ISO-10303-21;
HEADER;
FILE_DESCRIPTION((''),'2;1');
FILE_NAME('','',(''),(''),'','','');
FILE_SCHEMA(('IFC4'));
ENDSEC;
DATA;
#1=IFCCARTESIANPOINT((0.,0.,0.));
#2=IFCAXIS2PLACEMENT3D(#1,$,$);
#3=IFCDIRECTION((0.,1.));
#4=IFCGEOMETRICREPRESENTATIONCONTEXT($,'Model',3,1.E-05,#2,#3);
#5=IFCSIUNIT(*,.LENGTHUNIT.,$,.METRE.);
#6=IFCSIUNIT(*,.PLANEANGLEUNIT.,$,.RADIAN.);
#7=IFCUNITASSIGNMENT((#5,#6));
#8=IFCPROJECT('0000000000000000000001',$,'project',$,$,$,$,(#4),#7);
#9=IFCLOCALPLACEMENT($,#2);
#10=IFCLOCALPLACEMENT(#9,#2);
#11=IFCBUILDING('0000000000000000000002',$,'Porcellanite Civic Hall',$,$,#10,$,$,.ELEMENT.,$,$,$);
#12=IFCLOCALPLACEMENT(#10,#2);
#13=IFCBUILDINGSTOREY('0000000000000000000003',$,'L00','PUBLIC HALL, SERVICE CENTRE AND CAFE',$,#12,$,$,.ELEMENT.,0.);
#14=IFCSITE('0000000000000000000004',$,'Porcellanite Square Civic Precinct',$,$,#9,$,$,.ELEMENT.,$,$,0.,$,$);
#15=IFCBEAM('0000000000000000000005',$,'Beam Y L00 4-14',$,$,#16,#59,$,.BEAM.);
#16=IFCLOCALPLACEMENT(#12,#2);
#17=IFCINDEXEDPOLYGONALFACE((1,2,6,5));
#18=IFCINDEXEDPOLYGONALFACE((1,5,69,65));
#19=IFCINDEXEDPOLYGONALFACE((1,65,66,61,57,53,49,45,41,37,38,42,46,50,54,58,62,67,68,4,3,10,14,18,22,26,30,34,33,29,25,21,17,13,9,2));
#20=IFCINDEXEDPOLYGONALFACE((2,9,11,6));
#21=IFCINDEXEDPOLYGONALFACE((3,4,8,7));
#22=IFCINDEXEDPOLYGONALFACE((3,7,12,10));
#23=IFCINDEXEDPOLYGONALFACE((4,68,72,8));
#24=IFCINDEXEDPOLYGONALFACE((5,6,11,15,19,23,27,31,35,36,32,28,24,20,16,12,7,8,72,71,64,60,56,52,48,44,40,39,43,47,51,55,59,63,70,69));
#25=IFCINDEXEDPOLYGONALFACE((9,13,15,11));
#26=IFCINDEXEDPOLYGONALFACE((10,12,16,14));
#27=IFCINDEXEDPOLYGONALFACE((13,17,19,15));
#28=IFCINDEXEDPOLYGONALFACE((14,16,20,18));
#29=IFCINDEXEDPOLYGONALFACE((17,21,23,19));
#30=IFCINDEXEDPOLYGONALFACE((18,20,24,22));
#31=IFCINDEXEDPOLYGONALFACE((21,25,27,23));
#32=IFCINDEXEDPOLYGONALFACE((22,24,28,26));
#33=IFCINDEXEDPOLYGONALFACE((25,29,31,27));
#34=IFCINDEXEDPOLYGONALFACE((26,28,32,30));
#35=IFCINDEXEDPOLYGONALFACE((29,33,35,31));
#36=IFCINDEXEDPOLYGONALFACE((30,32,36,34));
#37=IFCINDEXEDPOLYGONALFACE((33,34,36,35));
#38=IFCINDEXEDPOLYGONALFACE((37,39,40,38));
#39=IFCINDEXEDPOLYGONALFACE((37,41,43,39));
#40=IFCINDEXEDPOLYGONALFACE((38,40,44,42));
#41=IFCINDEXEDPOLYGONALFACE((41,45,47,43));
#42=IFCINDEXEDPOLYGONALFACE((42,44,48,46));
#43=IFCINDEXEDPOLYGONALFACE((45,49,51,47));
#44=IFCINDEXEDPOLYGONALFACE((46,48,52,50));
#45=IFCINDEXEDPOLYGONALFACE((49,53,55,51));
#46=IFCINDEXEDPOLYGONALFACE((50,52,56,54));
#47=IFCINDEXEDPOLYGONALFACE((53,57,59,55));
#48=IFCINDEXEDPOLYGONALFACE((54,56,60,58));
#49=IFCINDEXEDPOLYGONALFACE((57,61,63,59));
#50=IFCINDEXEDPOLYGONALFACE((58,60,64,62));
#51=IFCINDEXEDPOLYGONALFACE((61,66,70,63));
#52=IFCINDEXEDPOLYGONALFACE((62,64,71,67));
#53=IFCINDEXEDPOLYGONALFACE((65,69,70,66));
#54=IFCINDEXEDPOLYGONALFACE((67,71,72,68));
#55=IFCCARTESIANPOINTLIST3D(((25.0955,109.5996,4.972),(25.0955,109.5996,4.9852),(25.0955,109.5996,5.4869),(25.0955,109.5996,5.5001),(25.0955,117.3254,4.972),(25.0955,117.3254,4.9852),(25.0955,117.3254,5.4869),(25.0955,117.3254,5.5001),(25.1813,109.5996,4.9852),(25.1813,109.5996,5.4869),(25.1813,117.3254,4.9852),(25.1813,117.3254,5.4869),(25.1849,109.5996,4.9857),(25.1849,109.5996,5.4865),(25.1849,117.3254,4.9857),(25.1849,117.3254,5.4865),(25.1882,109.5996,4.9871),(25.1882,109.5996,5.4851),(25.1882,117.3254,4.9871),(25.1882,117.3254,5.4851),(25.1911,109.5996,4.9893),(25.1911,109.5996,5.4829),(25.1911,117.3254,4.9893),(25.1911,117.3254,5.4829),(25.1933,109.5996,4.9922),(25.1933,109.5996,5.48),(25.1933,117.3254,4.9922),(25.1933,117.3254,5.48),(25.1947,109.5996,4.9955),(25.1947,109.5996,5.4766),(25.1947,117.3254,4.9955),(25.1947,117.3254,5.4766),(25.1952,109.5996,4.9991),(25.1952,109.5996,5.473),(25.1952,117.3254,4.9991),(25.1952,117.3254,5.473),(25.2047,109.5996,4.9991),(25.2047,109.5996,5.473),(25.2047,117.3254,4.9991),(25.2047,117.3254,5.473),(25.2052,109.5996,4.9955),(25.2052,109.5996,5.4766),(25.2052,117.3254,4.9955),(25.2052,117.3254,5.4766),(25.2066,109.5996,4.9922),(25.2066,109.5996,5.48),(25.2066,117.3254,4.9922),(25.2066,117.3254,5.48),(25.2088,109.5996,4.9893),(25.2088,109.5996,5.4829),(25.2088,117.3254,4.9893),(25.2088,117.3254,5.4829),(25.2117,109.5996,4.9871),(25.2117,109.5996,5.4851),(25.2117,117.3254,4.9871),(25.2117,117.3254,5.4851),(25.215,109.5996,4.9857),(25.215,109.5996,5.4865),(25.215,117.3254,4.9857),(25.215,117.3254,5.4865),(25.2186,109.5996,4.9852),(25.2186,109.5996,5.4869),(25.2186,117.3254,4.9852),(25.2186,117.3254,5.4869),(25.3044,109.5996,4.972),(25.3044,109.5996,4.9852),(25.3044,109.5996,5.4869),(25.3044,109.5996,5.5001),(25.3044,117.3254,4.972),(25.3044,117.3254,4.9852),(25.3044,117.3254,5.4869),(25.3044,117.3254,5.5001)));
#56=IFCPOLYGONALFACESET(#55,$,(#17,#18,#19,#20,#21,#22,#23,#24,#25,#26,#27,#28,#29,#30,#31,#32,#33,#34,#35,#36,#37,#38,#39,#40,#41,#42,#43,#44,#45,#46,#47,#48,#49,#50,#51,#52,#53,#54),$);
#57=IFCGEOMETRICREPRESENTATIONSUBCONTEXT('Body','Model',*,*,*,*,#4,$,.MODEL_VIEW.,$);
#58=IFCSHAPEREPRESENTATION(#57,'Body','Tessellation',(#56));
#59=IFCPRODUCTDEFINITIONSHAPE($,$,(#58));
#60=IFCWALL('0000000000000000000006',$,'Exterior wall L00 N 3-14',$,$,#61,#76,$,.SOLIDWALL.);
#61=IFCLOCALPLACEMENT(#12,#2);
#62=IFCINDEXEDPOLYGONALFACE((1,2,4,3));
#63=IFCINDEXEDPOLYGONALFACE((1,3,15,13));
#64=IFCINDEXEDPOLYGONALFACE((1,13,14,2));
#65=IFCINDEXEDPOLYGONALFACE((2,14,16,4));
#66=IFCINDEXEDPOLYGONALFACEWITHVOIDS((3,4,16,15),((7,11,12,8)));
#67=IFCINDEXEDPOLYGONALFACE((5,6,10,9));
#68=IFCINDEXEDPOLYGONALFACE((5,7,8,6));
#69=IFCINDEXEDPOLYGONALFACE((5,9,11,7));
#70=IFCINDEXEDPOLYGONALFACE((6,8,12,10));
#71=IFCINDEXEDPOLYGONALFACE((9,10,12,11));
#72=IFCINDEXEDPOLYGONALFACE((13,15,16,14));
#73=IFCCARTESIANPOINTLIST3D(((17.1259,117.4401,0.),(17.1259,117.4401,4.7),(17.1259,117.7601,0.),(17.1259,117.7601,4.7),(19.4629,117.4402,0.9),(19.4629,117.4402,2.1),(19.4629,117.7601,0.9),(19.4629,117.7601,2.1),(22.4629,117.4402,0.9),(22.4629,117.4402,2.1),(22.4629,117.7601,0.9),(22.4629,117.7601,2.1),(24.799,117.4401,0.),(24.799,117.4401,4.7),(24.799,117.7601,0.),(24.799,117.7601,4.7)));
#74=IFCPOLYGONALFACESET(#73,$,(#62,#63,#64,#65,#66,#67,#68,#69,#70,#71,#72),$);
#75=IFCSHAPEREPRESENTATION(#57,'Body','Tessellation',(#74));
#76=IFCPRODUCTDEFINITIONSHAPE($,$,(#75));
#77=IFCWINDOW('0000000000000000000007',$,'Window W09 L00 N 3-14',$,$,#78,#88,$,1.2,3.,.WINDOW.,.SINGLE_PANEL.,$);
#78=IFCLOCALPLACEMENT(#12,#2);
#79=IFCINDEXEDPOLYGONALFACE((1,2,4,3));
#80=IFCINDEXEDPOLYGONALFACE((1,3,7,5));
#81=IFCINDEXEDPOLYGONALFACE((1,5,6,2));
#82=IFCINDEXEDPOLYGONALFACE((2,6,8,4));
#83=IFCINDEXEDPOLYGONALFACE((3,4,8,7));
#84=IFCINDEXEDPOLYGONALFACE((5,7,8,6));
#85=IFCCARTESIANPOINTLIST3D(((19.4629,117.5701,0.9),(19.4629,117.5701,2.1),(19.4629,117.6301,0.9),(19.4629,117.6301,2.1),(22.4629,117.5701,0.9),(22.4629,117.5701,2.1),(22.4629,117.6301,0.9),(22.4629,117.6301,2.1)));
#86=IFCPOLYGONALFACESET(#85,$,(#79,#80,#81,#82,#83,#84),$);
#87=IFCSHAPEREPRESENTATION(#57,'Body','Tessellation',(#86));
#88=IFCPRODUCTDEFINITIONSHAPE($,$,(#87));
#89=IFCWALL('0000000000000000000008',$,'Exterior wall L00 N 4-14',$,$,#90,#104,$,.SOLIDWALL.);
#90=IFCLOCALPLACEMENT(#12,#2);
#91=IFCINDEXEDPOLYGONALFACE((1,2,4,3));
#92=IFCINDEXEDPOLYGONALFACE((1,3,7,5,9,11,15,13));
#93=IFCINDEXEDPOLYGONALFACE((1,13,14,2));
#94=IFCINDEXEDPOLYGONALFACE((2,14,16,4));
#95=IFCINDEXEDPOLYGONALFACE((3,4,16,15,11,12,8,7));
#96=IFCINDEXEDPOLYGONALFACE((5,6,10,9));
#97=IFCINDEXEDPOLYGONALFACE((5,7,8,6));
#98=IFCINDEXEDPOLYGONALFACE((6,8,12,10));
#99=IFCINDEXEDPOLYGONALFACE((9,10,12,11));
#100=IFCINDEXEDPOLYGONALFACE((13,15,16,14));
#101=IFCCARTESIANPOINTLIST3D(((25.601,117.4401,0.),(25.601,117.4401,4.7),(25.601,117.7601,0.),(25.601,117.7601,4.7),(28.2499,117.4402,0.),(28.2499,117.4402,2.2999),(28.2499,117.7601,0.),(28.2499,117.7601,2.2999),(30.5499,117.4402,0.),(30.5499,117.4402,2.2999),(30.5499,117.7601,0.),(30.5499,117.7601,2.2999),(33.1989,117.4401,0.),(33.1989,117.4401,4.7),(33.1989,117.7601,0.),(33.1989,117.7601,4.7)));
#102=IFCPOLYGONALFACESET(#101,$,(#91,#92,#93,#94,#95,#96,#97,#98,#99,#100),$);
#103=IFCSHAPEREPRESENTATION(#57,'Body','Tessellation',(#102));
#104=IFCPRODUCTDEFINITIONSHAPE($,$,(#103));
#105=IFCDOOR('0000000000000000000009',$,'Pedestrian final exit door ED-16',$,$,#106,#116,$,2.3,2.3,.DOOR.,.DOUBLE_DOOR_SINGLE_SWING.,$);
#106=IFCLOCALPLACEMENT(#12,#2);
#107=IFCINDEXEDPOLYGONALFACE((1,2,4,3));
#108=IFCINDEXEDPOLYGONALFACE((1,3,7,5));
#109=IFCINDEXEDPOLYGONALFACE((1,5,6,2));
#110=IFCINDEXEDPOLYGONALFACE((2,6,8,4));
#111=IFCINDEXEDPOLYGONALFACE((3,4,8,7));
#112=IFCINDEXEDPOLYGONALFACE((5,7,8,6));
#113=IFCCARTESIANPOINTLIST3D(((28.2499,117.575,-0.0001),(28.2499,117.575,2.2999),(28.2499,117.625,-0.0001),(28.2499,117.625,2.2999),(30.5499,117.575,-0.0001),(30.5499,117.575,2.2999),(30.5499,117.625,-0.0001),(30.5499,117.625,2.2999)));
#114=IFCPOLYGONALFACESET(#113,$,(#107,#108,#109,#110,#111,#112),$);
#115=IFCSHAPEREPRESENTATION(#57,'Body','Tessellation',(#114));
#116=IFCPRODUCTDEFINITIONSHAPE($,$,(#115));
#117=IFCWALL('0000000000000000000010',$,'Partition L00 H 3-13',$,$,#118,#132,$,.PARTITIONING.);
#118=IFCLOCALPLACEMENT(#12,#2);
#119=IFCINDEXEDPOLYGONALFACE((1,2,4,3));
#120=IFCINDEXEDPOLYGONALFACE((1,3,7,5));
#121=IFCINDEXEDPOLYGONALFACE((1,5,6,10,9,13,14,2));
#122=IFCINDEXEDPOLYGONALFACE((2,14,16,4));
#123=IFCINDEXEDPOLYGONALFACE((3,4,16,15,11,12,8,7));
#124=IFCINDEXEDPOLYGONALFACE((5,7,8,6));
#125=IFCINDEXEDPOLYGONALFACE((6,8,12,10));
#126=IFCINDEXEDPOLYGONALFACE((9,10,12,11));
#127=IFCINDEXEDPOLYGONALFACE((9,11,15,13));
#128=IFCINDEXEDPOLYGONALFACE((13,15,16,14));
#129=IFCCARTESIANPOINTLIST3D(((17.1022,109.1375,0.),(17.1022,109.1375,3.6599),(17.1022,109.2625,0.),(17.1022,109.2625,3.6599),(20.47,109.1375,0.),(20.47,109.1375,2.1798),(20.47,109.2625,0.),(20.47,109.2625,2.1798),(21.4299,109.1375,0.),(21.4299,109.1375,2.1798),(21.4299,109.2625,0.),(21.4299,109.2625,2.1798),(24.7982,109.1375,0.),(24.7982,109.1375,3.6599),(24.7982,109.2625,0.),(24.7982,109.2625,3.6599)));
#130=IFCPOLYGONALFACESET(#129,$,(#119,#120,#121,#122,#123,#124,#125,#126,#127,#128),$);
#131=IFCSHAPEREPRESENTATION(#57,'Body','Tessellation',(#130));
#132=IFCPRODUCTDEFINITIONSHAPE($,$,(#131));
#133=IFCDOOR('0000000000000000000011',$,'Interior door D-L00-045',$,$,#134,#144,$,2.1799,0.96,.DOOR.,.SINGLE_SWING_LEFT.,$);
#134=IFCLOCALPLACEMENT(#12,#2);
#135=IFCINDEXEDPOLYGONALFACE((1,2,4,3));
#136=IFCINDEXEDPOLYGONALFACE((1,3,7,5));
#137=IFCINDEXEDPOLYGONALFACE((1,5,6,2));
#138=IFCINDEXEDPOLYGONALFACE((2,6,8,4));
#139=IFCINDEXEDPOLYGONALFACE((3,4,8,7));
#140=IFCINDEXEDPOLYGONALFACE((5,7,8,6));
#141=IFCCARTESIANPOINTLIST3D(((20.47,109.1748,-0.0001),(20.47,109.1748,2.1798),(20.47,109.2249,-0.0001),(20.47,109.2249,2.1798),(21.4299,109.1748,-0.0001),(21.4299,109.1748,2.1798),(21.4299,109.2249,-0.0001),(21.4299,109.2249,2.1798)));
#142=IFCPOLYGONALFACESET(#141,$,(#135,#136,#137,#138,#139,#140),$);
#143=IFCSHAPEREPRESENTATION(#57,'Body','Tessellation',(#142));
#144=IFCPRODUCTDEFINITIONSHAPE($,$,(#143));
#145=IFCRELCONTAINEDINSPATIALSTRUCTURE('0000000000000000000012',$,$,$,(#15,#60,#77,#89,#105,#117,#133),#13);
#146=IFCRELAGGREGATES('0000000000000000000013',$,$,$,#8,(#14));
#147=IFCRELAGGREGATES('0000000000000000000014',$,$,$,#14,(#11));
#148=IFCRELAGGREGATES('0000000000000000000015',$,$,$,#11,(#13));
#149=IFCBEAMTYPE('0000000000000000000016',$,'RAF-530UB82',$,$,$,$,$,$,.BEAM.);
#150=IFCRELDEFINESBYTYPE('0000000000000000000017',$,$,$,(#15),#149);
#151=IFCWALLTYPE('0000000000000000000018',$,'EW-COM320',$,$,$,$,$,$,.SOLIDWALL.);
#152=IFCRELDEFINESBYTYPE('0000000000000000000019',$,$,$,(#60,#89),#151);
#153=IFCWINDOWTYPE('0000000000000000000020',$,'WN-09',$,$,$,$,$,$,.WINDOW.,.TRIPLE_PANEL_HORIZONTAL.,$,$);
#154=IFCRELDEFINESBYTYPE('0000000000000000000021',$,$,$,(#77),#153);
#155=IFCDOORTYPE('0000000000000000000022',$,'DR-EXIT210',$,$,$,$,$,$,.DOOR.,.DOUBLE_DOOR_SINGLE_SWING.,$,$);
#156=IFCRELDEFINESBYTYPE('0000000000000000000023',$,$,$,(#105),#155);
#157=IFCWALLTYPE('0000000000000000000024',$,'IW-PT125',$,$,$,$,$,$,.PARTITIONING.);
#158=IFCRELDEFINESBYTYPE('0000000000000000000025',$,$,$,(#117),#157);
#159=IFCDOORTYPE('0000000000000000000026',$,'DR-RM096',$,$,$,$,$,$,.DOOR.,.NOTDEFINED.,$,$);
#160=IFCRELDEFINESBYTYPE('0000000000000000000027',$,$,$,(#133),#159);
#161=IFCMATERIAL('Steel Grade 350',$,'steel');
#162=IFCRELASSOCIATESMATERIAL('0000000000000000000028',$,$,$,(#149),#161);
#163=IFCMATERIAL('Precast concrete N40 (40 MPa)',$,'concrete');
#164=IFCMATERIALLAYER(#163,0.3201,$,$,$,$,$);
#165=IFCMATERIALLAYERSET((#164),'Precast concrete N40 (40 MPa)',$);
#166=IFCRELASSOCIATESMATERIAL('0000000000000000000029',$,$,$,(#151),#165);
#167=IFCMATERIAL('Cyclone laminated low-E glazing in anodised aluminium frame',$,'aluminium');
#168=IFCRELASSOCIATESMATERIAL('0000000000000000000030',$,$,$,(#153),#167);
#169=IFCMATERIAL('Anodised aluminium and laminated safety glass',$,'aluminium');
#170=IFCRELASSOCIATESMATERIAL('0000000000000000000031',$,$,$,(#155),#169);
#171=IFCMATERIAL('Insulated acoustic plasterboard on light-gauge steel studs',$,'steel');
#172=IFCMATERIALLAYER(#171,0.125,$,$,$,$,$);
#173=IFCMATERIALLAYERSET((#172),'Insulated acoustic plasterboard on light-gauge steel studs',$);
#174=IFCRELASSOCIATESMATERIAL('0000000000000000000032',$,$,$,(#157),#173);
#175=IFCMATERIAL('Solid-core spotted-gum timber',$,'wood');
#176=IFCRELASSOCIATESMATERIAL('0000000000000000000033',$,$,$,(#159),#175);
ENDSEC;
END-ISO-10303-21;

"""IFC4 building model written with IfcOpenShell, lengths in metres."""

from ifc_helpers import new_model, si_unit, direction, frame, frame_2d, origin, origin_2d, place, context, subcontext, project, spatial, rectangle, i_section, extrude, material, layer, layer_set, material_profile, profile_set, type_object, element, fill, save


model = new_model("IFC4")

# Units and contexts
model_context = context("Model", 3, precision=1e-05, world=origin(), true_north=direction((0.0, 1.0)))
body_context = subcontext(model_context, "Body", "Model", "MODEL_VIEW")
ifc_project = project(units=[si_unit("LENGTHUNIT", "METRE"), si_unit("PLANEANGLEUNIT", "RADIAN")], contexts=[model_context])

# Site, building, storey
site_placement = place(None, origin())
site = spatial("IfcSite", under=ifc_project, at=site_placement, Name="Porcellanite Square Civic Precinct", CompositionType="ELEMENT", RefElevation=0.0)
building_placement = place(site_placement, origin())
building = spatial("IfcBuilding", under=site, at=building_placement, Name="Porcellanite Civic Hall", CompositionType="ELEMENT")
storey_placement = place(building_placement, origin())
storey = spatial("IfcBuildingStorey", under=building, at=storey_placement, Name="L00", Description="PUBLIC HALL, SERVICE CENTRE AND CAFE", CompositionType="ELEMENT", Elevation=0.0)

# Beam
ifc_material_1 = material(Name="Steel Grade 350", Category="steel")
ifc_material_profile_1 = material_profile(ifc_material_1, i_section(OverallWidth=0.209, OverallDepth=0.5281, WebThickness=0.0095, FlangeThickness=0.0132, FilletRadius=0.0139, at=origin_2d()), Name="530UB82.0")
ifc_profile_set_1 = profile_set([ifc_material_profile_1], Name="Steel Grade 350")
beam_type_1 = type_object("IfcBeamType", Name="RAF-530UB82", PredefinedType="BEAM", material=ifc_profile_set_1)
beam_1_placement = place(storey_placement, frame((25.2, 109.5996, 5.2361), z_axis=(0.0, 1.0, 0.0), x_axis=(-1.0, 0.0, 0.0)))
element("IfcBeam", 1, at=beam_1_placement, inside=storey, type_object=beam_type_1, Name="Beam Y L00 4-14", PredefinedType="BEAM", context=body_context, shape_type="SweptSolid", body=[
    extrude(i_section(OverallWidth=0.209, OverallDepth=0.5281, WebThickness=0.0095, FlangeThickness=0.0132, FilletRadius=0.0139, at=origin_2d()), origin(), (0.0, 0.0, 1.0), 7.7258),
])

# Wall, opening, window
ifc_material_2 = material(Name="Precast concrete N40 (40 MPa)", Category="concrete")
ifc_layer_1 = layer(ifc_material_2, 0.3201)
ifc_layer_set_1 = layer_set([ifc_layer_1], Name="Precast concrete N40 (40 MPa)")
wall_type_1 = type_object("IfcWallType", Name="EW-COM320", PredefinedType="SOLIDWALL", material=ifc_layer_set_1)
wall_1_placement = place(storey_placement, frame((17.126, 117.6001, 0.0), z_axis=(0.0, 0.0, 1.0), x_axis=(1.0, 0.0, 0.0)))
wall_1 = element("IfcWall", 2, at=wall_1_placement, inside=storey, type_object=wall_type_1, Name="Exterior wall L00 N 3-14", PredefinedType="SOLIDWALL", context=body_context, shape_type="SweptSolid", body=[
    extrude(rectangle(XDim=7.6731, YDim=0.3201, at=frame_2d((3.8364, 0.0))), origin(), (0.0, 0.0, 1.0), 4.7),
])
opening_1_placement = place(wall_1_placement, frame((2.3369, 0.0, 0.8999)))
opening_1 = element("IfcOpeningElement", 3, at=opening_1_placement, cuts=wall_1, PredefinedType="OPENING", context=body_context, shape_type="SweptSolid", body=[
    extrude(rectangle(XDim=3.0, YDim=1.2, at=frame_2d((1.5, 0.6001))), frame((0.0, 0.1602, 0.0), z_axis=(0.0, -1.0, 0.0), x_axis=(1.0, 0.0, 0.0)), (0.0, 0.0, 1.0), 0.3201),
])
ifc_material_3 = material(Name="Cyclone laminated low-E glazing in anodised aluminium frame", Category="aluminium")
window_type = type_object("IfcWindowType", Name="WN-09", PartitioningType="TRIPLE_PANEL_HORIZONTAL", PredefinedType="WINDOW", material=ifc_material_3)
window_placement = place(opening_1_placement, origin())
window = element("IfcWindow", 4, at=window_placement, inside=storey, type_object=window_type, Name="Window W09 L00 N 3-14", OverallHeight=1.2, OverallWidth=3.0, PartitioningType="SINGLE_PANEL", PredefinedType="WINDOW", context=body_context, shape_type="SweptSolid", body=[
    extrude(rectangle(XDim=3.0, YDim=1.2, at=frame_2d((1.5, 0.6001))), frame((0.0, 0.03, 0.0), z_axis=(0.0, -1.0, 0.0), x_axis=(1.0, 0.0, 0.0)), (0.0, 0.0, 1.0), 0.0601),
])
fill(opening_1, window)

# Walls, openings, doors
wall_2_placement = place(storey_placement, frame((25.6011, 117.6001, 0.0), z_axis=(0.0, 0.0, 1.0), x_axis=(1.0, 0.0, 0.0)))
wall_2 = element("IfcWall", 5, at=wall_2_placement, inside=storey, type_object=wall_type_1, Name="Exterior wall L00 N 4-14", PredefinedType="SOLIDWALL", context=body_context, shape_type="SweptSolid", body=[
    extrude(rectangle(XDim=7.5979, YDim=0.3201, at=frame_2d((3.7988, 0.0))), origin(), (0.0, 0.0, 1.0), 4.7),
])
opening_2_placement = place(wall_2_placement, frame((2.6489, 0.0, 0.0)))
opening_2 = element("IfcOpeningElement", 6, at=opening_2_placement, cuts=wall_2, PredefinedType="OPENING", context=body_context, shape_type="SweptSolid", body=[
    extrude(rectangle(XDim=2.3, YDim=2.3, at=frame_2d((1.1499, 1.1499))), frame((0.0, 0.1602, 0.0), z_axis=(0.0, -1.0, 0.0), x_axis=(1.0, 0.0, 0.0)), (0.0, 0.0, 1.0), 0.3201),
])
ifc_material_4 = material(Name="Anodised aluminium and laminated safety glass", Category="aluminium")
door_type_1 = type_object("IfcDoorType", Name="DR-EXIT210", OperationType="DOUBLE_DOOR_SINGLE_SWING", PredefinedType="DOOR", material=ifc_material_4)
door_1_placement = place(opening_2_placement, origin())
door_1 = element("IfcDoor", 7, at=door_1_placement, inside=storey, type_object=door_type_1, Name="Pedestrian final exit door ED-16", OperationType="DOUBLE_DOOR_SINGLE_SWING", OverallHeight=2.3, OverallWidth=2.3, PredefinedType="DOOR", context=body_context, shape_type="SweptSolid", body=[
    extrude(rectangle(XDim=2.3, YDim=2.3, at=frame_2d((1.1499, 1.1499))), frame((0.0, 0.0249, 0.0), z_axis=(0.0, -1.0, 0.0), x_axis=(1.0, 0.0, 0.0)), (0.0, 0.0, 1.0), 0.05),
])
fill(opening_2, door_1)
ifc_material_5 = material(Name="Insulated acoustic plasterboard on light-gauge steel studs", Category="steel")
ifc_layer_2 = layer(ifc_material_5, 0.125)
ifc_layer_set_2 = layer_set([ifc_layer_2], Name="Insulated acoustic plasterboard on light-gauge steel studs")
wall_type_2 = type_object("IfcWallType", Name="IW-PT125", PredefinedType="PARTITIONING", material=ifc_layer_set_2)
wall_3_placement = place(storey_placement, frame((17.1021, 109.2, 0.0), z_axis=(0.0, 0.0, 1.0), x_axis=(1.0, 0.0, 0.0)))
wall_3 = element("IfcWall", 8, at=wall_3_placement, inside=storey, type_object=wall_type_2, Name="Partition L00 H 3-13", PredefinedType="PARTITIONING", context=body_context, shape_type="SweptSolid", body=[
    extrude(rectangle(XDim=7.696, YDim=0.125, at=frame_2d((3.8481, 0.0))), origin(), (0.0, 0.0, 1.0), 3.6599),
])
opening_3_placement = place(wall_3_placement, frame((3.3679, 0.0, 0.0)))
opening_3 = element("IfcOpeningElement", 9, at=opening_3_placement, cuts=wall_3, PredefinedType="OPENING", context=body_context, shape_type="SweptSolid", body=[
    extrude(rectangle(XDim=0.96, YDim=2.1799, at=frame_2d((0.48, 1.0898))), frame((0.0, 0.0625, 0.0), z_axis=(0.0, -1.0, 0.0), x_axis=(1.0, 0.0, 0.0)), (0.0, 0.0, 1.0), 0.125),
])
ifc_material_6 = material(Name="Solid-core spotted-gum timber", Category="wood")
door_type_2 = type_object("IfcDoorType", Name="DR-RM096", OperationType="NOTDEFINED", PredefinedType="DOOR", material=ifc_material_6)
door_2_placement = place(opening_3_placement, origin())
door_2 = element("IfcDoor", 10, at=door_2_placement, inside=storey, type_object=door_type_2, Name="Interior door D-L00-045", OperationType="SINGLE_SWING_LEFT", OverallHeight=2.1799, OverallWidth=0.96, PredefinedType="DOOR", context=body_context, shape_type="SweptSolid", body=[
    extrude(rectangle(XDim=0.96, YDim=2.1799, at=frame_2d((0.48, 1.0898))), frame((0.0, 0.0249, 0.0), z_axis=(0.0, -1.0, 0.0), x_axis=(1.0, 0.0, 0.0)), (0.0, 0.0, 1.0), 0.05),
])
fill(opening_3, door_2)

save(model, "model.ifc")
